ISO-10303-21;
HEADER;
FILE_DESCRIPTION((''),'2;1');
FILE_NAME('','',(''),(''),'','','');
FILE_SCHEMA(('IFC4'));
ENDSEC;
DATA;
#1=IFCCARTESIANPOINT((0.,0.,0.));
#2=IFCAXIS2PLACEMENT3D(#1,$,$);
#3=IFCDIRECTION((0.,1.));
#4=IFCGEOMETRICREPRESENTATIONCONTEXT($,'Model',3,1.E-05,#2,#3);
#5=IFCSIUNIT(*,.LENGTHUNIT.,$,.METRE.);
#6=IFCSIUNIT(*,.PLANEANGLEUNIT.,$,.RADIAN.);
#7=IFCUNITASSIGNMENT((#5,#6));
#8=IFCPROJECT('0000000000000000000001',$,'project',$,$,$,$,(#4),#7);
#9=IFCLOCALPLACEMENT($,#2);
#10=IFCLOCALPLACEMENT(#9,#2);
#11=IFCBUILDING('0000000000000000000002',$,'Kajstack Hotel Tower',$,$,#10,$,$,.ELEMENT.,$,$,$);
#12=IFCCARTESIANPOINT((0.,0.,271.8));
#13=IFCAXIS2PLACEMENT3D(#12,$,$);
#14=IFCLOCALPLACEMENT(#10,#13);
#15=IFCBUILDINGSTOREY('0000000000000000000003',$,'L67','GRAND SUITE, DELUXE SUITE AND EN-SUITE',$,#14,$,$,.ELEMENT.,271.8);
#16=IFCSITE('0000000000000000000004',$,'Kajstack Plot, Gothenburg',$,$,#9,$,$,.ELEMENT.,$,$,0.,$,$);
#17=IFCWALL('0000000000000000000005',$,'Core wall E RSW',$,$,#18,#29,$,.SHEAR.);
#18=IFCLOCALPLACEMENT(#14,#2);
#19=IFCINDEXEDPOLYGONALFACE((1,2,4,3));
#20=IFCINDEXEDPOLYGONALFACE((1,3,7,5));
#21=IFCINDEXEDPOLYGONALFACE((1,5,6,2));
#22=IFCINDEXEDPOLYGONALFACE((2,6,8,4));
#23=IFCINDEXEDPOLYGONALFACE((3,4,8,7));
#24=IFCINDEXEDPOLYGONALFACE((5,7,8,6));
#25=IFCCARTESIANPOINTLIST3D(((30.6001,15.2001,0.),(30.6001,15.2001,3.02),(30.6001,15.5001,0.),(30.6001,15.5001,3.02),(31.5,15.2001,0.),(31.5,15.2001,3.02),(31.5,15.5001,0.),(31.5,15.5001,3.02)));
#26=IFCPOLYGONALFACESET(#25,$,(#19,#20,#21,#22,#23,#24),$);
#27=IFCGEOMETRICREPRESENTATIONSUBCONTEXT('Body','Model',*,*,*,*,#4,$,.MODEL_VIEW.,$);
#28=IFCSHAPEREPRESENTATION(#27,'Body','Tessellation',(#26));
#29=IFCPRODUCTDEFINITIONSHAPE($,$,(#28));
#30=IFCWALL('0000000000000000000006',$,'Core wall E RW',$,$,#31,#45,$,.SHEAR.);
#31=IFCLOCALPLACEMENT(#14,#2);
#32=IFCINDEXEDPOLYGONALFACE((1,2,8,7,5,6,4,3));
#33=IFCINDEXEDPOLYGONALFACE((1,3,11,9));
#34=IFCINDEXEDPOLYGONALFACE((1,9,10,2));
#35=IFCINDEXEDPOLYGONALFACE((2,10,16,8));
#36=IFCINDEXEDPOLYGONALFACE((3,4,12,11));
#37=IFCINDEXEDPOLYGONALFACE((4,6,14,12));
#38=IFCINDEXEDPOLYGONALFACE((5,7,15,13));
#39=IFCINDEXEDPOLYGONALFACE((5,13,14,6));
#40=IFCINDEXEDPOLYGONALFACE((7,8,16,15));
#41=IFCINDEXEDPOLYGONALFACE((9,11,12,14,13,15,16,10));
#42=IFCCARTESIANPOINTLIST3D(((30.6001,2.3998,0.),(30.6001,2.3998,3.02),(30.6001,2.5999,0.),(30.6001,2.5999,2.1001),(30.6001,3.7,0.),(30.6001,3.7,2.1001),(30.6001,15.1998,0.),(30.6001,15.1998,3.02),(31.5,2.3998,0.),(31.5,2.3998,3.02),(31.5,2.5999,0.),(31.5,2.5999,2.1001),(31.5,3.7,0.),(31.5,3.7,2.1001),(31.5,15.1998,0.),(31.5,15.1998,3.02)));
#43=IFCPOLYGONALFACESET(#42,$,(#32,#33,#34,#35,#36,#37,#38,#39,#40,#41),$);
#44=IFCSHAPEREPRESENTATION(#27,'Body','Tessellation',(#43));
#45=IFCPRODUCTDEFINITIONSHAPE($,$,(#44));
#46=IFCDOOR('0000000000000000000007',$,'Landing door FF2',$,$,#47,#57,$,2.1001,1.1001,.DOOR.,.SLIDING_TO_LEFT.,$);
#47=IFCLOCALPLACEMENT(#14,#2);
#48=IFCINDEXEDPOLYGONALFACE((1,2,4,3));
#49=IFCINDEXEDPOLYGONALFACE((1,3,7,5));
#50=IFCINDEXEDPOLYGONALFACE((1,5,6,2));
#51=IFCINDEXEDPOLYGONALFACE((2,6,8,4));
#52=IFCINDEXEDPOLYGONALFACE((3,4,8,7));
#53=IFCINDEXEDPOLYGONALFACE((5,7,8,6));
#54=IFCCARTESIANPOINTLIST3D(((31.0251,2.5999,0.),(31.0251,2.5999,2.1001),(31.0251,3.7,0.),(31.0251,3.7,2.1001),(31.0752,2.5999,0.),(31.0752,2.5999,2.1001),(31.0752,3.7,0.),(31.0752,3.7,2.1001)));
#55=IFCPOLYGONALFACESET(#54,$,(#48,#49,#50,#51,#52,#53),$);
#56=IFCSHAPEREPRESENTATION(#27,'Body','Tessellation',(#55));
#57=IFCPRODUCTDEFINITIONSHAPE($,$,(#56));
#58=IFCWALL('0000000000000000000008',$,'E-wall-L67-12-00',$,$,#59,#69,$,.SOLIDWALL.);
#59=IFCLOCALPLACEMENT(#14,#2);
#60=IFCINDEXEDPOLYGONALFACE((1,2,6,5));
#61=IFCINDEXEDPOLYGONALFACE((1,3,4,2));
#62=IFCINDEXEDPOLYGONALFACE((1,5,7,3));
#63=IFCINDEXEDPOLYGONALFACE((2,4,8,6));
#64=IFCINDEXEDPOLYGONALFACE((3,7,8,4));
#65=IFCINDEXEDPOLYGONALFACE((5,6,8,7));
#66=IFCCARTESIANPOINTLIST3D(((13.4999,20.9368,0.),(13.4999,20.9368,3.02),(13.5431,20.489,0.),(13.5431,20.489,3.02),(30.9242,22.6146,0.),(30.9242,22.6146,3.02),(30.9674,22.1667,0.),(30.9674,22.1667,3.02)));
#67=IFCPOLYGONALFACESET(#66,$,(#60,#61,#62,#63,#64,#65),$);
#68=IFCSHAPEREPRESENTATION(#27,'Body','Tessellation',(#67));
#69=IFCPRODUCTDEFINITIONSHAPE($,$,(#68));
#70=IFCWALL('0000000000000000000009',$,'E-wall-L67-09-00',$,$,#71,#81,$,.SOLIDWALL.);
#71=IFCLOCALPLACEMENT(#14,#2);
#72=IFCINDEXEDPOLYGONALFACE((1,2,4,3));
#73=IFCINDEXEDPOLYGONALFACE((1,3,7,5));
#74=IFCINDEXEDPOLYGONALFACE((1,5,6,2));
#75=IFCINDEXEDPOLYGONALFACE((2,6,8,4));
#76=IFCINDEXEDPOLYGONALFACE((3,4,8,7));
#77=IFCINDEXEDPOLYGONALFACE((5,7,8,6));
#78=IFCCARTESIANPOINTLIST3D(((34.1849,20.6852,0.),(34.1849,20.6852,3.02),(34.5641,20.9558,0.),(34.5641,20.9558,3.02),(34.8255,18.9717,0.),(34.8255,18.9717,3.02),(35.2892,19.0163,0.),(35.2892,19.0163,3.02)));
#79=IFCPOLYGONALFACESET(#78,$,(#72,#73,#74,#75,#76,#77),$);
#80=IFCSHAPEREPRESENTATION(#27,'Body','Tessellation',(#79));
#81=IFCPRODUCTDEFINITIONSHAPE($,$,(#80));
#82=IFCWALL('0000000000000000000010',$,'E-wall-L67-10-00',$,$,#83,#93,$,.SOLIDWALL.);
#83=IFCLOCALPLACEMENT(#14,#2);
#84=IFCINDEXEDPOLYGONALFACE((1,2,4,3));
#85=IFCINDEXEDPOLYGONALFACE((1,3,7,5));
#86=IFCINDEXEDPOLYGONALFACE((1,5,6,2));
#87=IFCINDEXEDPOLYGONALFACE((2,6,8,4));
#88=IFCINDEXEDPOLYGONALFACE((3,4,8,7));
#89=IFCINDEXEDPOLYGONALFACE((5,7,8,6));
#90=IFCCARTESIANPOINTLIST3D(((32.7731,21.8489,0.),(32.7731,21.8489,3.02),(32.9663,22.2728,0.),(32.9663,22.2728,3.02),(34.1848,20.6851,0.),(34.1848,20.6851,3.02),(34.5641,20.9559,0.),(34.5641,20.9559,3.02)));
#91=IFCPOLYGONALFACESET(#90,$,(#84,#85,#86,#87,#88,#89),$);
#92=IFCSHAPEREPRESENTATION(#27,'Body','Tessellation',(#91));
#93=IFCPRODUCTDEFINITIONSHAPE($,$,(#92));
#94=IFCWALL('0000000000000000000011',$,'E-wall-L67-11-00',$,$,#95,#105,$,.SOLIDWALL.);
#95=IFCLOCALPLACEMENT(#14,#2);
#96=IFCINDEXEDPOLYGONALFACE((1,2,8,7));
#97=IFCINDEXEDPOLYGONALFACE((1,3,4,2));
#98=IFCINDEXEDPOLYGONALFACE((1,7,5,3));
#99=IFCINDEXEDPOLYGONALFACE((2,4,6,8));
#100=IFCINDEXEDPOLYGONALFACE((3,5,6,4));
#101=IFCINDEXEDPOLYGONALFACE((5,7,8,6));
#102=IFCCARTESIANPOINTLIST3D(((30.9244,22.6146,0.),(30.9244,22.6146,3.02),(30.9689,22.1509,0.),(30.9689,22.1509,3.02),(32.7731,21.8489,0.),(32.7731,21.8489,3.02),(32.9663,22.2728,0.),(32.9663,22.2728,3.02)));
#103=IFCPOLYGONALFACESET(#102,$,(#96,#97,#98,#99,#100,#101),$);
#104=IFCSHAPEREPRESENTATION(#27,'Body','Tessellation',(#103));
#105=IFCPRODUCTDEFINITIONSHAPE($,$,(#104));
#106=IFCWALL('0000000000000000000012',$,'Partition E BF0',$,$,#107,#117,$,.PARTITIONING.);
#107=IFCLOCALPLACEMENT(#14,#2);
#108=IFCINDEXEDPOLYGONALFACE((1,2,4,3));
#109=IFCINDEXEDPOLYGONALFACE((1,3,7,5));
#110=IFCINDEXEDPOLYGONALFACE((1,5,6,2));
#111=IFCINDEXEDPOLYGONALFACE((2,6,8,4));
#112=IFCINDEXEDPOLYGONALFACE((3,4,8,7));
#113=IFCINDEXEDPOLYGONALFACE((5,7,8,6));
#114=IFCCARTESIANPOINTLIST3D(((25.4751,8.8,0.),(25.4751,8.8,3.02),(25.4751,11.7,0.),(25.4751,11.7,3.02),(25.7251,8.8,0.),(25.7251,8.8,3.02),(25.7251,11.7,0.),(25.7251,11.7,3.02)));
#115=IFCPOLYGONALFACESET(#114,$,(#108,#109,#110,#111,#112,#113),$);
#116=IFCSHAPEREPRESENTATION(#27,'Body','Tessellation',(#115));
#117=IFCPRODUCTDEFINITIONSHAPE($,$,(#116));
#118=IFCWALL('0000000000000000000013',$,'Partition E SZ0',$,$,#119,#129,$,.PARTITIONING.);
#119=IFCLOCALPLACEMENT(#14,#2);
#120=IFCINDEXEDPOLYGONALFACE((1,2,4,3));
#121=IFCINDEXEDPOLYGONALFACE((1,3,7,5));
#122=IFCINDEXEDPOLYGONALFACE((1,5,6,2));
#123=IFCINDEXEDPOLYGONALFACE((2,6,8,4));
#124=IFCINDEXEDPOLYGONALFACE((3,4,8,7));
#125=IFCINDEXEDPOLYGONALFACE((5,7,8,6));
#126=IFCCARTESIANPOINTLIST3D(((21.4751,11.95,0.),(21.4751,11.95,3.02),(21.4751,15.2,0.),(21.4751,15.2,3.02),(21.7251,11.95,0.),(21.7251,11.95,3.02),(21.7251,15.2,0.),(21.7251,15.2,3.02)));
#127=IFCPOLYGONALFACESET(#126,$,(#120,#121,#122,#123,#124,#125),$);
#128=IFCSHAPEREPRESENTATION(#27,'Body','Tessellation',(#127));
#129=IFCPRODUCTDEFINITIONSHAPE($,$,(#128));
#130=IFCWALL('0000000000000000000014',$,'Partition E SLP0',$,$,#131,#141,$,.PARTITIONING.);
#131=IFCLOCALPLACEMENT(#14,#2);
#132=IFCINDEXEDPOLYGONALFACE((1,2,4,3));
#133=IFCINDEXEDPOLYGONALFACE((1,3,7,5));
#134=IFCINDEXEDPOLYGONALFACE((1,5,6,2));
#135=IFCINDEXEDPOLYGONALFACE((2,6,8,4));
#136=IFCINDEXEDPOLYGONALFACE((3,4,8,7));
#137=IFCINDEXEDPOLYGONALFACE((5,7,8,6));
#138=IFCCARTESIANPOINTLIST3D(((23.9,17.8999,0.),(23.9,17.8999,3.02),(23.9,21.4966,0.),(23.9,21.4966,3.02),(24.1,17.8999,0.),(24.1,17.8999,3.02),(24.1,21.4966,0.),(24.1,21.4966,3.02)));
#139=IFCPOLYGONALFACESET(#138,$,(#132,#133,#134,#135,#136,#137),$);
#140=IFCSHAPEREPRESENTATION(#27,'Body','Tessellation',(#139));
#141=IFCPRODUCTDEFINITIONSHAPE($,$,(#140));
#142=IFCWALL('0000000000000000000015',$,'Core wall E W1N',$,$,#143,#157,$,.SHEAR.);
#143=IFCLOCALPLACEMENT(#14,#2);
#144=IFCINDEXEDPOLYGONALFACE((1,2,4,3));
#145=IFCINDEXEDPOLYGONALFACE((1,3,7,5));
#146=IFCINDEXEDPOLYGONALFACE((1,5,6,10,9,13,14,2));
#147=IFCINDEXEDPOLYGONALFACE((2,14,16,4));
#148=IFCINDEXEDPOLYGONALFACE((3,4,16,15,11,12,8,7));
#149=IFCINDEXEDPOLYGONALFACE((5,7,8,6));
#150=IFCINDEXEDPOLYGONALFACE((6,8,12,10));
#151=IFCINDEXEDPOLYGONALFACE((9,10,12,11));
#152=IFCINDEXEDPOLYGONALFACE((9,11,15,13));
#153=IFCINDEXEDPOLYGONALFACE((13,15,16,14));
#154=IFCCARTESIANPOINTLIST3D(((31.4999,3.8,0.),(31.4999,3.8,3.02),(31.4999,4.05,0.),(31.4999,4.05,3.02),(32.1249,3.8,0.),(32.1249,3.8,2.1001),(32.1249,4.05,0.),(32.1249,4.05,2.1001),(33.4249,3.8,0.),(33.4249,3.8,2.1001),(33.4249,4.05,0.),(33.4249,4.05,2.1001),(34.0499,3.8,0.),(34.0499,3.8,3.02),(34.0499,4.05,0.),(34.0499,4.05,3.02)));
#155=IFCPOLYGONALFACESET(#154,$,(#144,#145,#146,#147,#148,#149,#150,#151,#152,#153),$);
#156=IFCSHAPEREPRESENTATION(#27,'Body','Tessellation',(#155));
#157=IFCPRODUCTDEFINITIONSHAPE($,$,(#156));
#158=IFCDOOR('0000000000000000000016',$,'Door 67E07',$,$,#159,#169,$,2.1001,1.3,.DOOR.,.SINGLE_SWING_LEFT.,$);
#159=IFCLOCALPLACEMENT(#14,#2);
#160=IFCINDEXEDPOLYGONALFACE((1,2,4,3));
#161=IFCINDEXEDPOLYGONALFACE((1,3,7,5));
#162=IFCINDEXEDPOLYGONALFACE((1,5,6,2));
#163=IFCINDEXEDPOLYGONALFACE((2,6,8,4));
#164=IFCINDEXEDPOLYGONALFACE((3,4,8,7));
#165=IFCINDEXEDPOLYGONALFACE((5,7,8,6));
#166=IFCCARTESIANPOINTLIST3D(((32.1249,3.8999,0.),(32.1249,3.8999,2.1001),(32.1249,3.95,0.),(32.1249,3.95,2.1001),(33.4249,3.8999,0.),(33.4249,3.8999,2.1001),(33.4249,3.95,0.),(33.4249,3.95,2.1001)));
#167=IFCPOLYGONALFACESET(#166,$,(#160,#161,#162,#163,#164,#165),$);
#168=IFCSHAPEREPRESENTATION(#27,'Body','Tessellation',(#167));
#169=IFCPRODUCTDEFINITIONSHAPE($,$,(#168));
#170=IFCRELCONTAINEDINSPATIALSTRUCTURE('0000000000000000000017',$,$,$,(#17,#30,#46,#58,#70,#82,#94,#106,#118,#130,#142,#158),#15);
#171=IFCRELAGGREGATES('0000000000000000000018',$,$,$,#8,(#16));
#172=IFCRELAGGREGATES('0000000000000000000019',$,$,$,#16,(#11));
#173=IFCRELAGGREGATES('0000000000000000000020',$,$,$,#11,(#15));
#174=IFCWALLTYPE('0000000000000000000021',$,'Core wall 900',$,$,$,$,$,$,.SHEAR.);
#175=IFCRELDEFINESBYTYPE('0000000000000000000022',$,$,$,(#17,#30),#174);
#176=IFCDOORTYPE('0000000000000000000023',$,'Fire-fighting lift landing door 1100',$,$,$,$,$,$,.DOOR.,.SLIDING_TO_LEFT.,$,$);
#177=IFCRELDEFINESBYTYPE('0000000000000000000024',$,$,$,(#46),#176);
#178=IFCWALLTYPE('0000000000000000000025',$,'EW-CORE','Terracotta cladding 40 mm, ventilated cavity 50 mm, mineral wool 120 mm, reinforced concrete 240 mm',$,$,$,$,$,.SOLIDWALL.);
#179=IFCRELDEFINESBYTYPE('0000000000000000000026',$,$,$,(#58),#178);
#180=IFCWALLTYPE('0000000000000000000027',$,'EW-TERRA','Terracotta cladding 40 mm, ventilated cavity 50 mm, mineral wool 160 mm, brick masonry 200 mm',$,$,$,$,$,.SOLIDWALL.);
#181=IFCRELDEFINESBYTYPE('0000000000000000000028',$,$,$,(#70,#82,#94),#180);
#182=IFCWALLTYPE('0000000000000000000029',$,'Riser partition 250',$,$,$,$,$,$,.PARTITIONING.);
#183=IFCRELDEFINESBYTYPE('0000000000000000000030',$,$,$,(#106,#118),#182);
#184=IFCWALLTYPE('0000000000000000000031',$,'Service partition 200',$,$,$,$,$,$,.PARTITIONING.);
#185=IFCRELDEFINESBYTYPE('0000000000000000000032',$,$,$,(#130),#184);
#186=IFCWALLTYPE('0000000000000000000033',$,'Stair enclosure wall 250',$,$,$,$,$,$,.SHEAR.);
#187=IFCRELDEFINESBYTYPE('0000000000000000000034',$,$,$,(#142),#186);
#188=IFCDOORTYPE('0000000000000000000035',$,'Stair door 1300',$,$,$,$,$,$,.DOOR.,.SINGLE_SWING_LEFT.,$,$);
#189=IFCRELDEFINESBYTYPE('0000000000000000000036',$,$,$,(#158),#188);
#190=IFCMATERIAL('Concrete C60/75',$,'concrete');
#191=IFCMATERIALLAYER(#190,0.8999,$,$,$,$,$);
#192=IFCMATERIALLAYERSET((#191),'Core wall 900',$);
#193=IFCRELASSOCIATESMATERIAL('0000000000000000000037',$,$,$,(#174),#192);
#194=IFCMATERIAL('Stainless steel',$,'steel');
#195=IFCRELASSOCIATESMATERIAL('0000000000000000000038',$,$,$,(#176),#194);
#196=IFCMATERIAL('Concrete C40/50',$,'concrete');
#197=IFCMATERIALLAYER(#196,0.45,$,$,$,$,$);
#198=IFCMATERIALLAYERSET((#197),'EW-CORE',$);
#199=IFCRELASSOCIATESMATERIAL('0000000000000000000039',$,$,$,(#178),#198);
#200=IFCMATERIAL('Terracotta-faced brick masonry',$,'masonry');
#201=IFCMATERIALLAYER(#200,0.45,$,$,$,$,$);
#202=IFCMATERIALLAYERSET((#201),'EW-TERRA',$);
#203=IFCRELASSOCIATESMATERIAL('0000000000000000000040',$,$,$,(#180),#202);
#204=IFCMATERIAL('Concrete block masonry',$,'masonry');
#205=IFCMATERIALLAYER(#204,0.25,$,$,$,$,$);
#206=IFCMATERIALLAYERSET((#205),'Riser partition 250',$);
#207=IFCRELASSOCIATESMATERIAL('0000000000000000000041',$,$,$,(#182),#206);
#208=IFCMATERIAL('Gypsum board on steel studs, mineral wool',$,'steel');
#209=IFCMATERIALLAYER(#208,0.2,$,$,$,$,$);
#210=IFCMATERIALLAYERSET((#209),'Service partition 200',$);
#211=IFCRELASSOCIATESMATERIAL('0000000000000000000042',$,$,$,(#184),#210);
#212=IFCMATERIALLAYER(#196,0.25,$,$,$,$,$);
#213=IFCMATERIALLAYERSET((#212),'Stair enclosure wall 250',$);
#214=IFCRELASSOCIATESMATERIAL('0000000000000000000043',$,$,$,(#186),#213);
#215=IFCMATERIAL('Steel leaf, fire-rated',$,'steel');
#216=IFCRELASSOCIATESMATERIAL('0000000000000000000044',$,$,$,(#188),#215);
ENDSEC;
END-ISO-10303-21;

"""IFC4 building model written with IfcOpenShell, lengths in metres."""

from ifc_helpers import new_model, si_unit, direction, frame, frame_2d, origin, place, context, subcontext, project, spatial, polyline, rectangle, outline, extrude, material, layer, layer_set, type_object, element, fill, save


model = new_model("IFC4")

# Units and contexts
model_context = context("Model", 3, precision=1e-05, world=origin(), true_north=direction((0.0, 1.0)))
body_context = subcontext(model_context, "Body", "Model", "MODEL_VIEW")
ifc_project = project(units=[si_unit("LENGTHUNIT", "METRE"), si_unit("PLANEANGLEUNIT", "RADIAN")], contexts=[model_context])

# Site, building, storey
site_placement = place(None, origin())
site = spatial("IfcSite", under=ifc_project, at=site_placement, Name="Kajstack Plot, Gothenburg", CompositionType="ELEMENT", RefElevation=0.0)
building_placement = place(site_placement, origin())
building = spatial("IfcBuilding", under=site, at=building_placement, Name="Kajstack Hotel Tower", CompositionType="ELEMENT")
storey_placement = place(building_placement, frame((0.0, 0.0, 271.8)))
storey = spatial("IfcBuildingStorey", under=building, at=storey_placement, Name="L67", Description="GRAND SUITE, DELUXE SUITE AND EN-SUITE", CompositionType="ELEMENT", Elevation=271.8)

# Wall
ifc_material_1 = material(Name="Concrete C60/75", Category="concrete")
ifc_layer_1 = layer(ifc_material_1, 0.8999)
ifc_layer_set_1 = layer_set([ifc_layer_1], Name="Core wall 900")
wall_type_1 = type_object("IfcWallType", Name="Core wall 900", PredefinedType="SHEAR", material=ifc_layer_set_1)
wall_1_placement = place(storey_placement, frame((30.6001, 15.3501, 0.0), z_axis=(0.0, 0.0, 1.0), x_axis=(1.0, 0.0, 0.0)))
element("IfcWall", 1, at=wall_1_placement, inside=storey, type_object=wall_type_1, Name="Core wall E RSW", PredefinedType="SHEAR", context=body_context, shape_type="SweptSolid", body=[
    extrude(rectangle(XDim=0.8999, YDim=0.3, at=frame_2d((0.45, 0.0))), origin(), (0.0, 0.0, 1.0), 3.02),
])

# Wall, opening, door
wall_2_placement = place(storey_placement, frame((31.05, 2.3999, 0.0), z_axis=(0.0, 0.0, 1.0), x_axis=(0.0, 1.0, 0.0)))
wall_2 = element("IfcWall", 2, at=wall_2_placement, inside=storey, type_object=wall_type_1, Name="Core wall E RW", PredefinedType="SHEAR", context=body_context, shape_type="SweptSolid", body=[
    extrude(rectangle(XDim=12.8, YDim=0.8999, at=frame_2d((6.3999, 0.0))), origin(), (0.0, 0.0, 1.0), 3.02),
])
opening_1_placement = place(wall_2_placement, frame((0.2, 0.0, 0.0)))
opening_1 = element("IfcOpeningElement", 3, at=opening_1_placement, cuts=wall_2, PredefinedType="OPENING", context=body_context, shape_type="SweptSolid", body=[
    extrude(rectangle(XDim=1.1001, YDim=2.1001, at=frame_2d((0.55, 1.05))), frame((0.0, 0.46, 0.0), z_axis=(0.0, -1.0, 0.0), x_axis=(1.0, 0.0, 0.0)), (0.0, 0.0, 1.0), 0.9199),
])
ifc_material_2 = material(Name="Stainless steel", Category="steel")
door_type_1 = type_object("IfcDoorType", Name="Fire-fighting lift landing door 1100", OperationType="SLIDING_TO_LEFT", PredefinedType="DOOR", material=ifc_material_2)
door_1_placement = place(opening_1_placement, origin())
door_1 = element("IfcDoor", 4, at=door_1_placement, inside=storey, type_object=door_type_1, Name="Landing door FF2", OperationType="SLIDING_TO_LEFT", OverallHeight=2.1001, OverallWidth=1.1001, PredefinedType="DOOR", context=body_context, shape_type="SweptSolid", body=[
    extrude(rectangle(XDim=1.1001, YDim=2.1001, at=frame_2d((0.55, 1.05))), frame((0.0, 0.0249, 0.0), z_axis=(0.0, -1.0, 0.0), x_axis=(1.0, 0.0, 0.0)), (0.0, 0.0, 1.0), 0.05),
])
fill(opening_1, door_1)

# Walls
ifc_material_3 = material(Name="Concrete C40/50", Category="concrete")
ifc_layer_2 = layer(ifc_material_3, 0.45)
ifc_layer_set_2 = layer_set([ifc_layer_2], Name="EW-CORE")
wall_type_2 = type_object("IfcWallType", Name="EW-CORE", Description="Terracotta cladding 40 mm, ventilated cavity 50 mm, mineral wool 120 mm, reinforced concrete 240 mm", PredefinedType="SOLIDWALL", material=ifc_layer_set_2)
wall_3_placement = place(storey_placement, frame((30.9458, 22.3906, 0.0), z_axis=(0.0, 0.0, 1.0), x_axis=(-0.995396, -0.095844, 0.0)))
element("IfcWall", 5, at=wall_3_placement, inside=storey, type_object=wall_type_2, Name="E-wall-L67-12-00", PredefinedType="SOLIDWALL", context=body_context, shape_type="SweptSolid", body=[
    extrude(rectangle(XDim=17.5049, YDim=0.45, at=frame_2d((8.7524, 0.0))), origin(), (0.0, 0.0, 1.0), 3.02),
])
ifc_material_4 = material(Name="Terracotta-faced brick masonry", Category="masonry")
ifc_layer_3 = layer(ifc_material_4, 0.45)
ifc_layer_set_3 = layer_set([ifc_layer_3], Name="EW-TERRA")
wall_type_3 = type_object("IfcWallType", Name="EW-TERRA", Description="Terracotta cladding 40 mm, ventilated cavity 50 mm, mineral wool 160 mm, brick masonry 200 mm", PredefinedType="SOLIDWALL", material=ifc_layer_set_3)
wall_4_placement = place(storey_placement, frame((35.0784, 18.9375, 0.0), z_axis=(0.0, 0.0, 1.0), x_axis=(-0.350193, 0.936678, 0.0)))
element("IfcWall", 6, at=wall_4_placement, inside=storey, type_object=wall_type_3, Name="E-wall-L67-09-00", PredefinedType="SOLIDWALL", context=body_context, shape_type="SweptSolid", body=[
    extrude(outline(polyline([(0.0, -0.2251), (2.0706, -0.2251), (1.95, 0.2249), (0.1206, 0.2249), (0.0, -0.2251)])), origin(), (0.0, 0.0, 1.0), 3.02),
])
wall_5_placement = place(storey_placement, frame((34.4209, 20.7822, 0.0), z_axis=(0.0, 0.0, 1.0), x_axis=(-0.771593, 0.636116, 0.0)))
element("IfcWall", 7, at=wall_5_placement, inside=storey, type_object=wall_type_3, Name="E-wall-L67-10-00", PredefinedType="SOLIDWALL", context=body_context, shape_type="SweptSolid", body=[
    extrude(outline(polyline([(0.0, -0.2251), (2.0706, -0.2249), (1.95, 0.2251), (0.1204, 0.2251), (0.0, -0.2251)])), origin(), (0.0, 0.0, 1.0), 3.02),
])
wall_6_placement = place(storey_placement, frame((32.9292, 22.051, 0.0), z_axis=(0.0, 0.0, 1.0), x_axis=(-0.986298, 0.164973, 0.0)))
element("IfcWall", 8, at=wall_6_placement, inside=storey, type_object=wall_type_3, Name="E-wall-L67-11-00", PredefinedType="SOLIDWALL", context=body_context, shape_type="SweptSolid", body=[
    extrude(outline(polyline([(0.0, -0.2249), (2.0703, -0.2251), (1.95, 0.2249), (0.1206, 0.2251), (0.0, -0.2249)])), origin(), (0.0, 0.0, 1.0), 3.02),
])
ifc_material_5 = material(Name="Concrete block masonry", Category="masonry")
ifc_layer_4 = layer(ifc_material_5, 0.25)
ifc_layer_set_4 = layer_set([ifc_layer_4], Name="Riser partition 250")
wall_type_4 = type_object("IfcWallType", Name="Riser partition 250", PredefinedType="PARTITIONING", material=ifc_layer_set_4)
wall_7_placement = place(storey_placement, frame((25.6001, 8.8, 0.0), z_axis=(0.0, 0.0, 1.0), x_axis=(0.0, 1.0, 0.0)))
element("IfcWall", 9, at=wall_7_placement, inside=storey, type_object=wall_type_4, Name="Partition E BF0", PredefinedType="PARTITIONING", context=body_context, shape_type="SweptSolid", body=[
    extrude(rectangle(XDim=2.8999, YDim=0.25, at=frame_2d((1.45, 0.0))), origin(), (0.0, 0.0, 1.0), 3.02),
])
wall_8_placement = place(storey_placement, frame((21.6001, 11.95, 0.0), z_axis=(0.0, 0.0, 1.0), x_axis=(0.0, 1.0, 0.0)))
element("IfcWall", 10, at=wall_8_placement, inside=storey, type_object=wall_type_4, Name="Partition E SZ0", PredefinedType="PARTITIONING", context=body_context, shape_type="SweptSolid", body=[
    extrude(rectangle(XDim=3.25, YDim=0.25, at=frame_2d((1.625, 0.0))), origin(), (0.0, 0.0, 1.0), 3.02),
])
ifc_material_6 = material(Name="Gypsum board on steel studs, mineral wool", Category="steel")
ifc_layer_5 = layer(ifc_material_6, 0.2)
ifc_layer_set_5 = layer_set([ifc_layer_5], Name="Service partition 200")
wall_type_5 = type_object("IfcWallType", Name="Service partition 200", PredefinedType="PARTITIONING", material=ifc_layer_set_5)
wall_9_placement = place(storey_placement, frame((24.0, 17.8999, 0.0), z_axis=(0.0, 0.0, 1.0), x_axis=(0.0, 1.0, 0.0)))
element("IfcWall", 11, at=wall_9_placement, inside=storey, type_object=wall_type_5, Name="Partition E SLP0", PredefinedType="PARTITIONING", context=body_context, shape_type="SweptSolid", body=[
    extrude(rectangle(XDim=3.5967, YDim=0.2, at=frame_2d((1.7983, 0.0))), origin(), (0.0, 0.0, 1.0), 3.02),
])

# Wall, opening, door
ifc_layer_6 = layer(ifc_material_3, 0.25)
ifc_layer_set_6 = layer_set([ifc_layer_6], Name="Stair enclosure wall 250")
wall_type_6 = type_object("IfcWallType", Name="Stair enclosure wall 250", PredefinedType="SHEAR", material=ifc_layer_set_6)
wall_10_placement = place(storey_placement, frame((31.5, 3.925, 0.0), z_axis=(0.0, 0.0, 1.0), x_axis=(1.0, 0.0, 0.0)))
wall_10 = element("IfcWall", 12, at=wall_10_placement, inside=storey, type_object=wall_type_6, Name="Core wall E W1N", PredefinedType="SHEAR", context=body_context, shape_type="SweptSolid", body=[
    extrude(rectangle(XDim=2.55, YDim=0.25, at=frame_2d((1.2749, 0.0))), origin(), (0.0, 0.0, 1.0), 3.02),
])
opening_2_placement = place(wall_10_placement, frame((0.625, 0.0, 0.0)))
opening_2 = element("IfcOpeningElement", 13, at=opening_2_placement, cuts=wall_10, PredefinedType="OPENING", context=body_context, shape_type="SweptSolid", body=[
    extrude(rectangle(XDim=1.3, YDim=2.1001, at=frame_2d((0.6499, 1.05))), frame((0.0, 0.135, 0.0), z_axis=(0.0, -1.0, 0.0), x_axis=(1.0, 0.0, 0.0)), (0.0, 0.0, 1.0), 0.27),
])
ifc_material_7 = material(Name="Steel leaf, fire-rated", Category="steel")
door_type_2 = type_object("IfcDoorType", Name="Stair door 1300", OperationType="SINGLE_SWING_LEFT", PredefinedType="DOOR", material=ifc_material_7)
door_2_placement = place(opening_2_placement, origin())
door_2 = element("IfcDoor", 14, at=door_2_placement, inside=storey, type_object=door_type_2, Name="Door 67E07", OperationType="SINGLE_SWING_LEFT", OverallHeight=2.1001, OverallWidth=1.3, PredefinedType="DOOR", context=body_context, shape_type="SweptSolid", body=[
    extrude(rectangle(XDim=1.3, YDim=2.1001, at=frame_2d((0.6499, 1.05))), frame((0.0, 0.0249, 0.0), z_axis=(0.0, -1.0, 0.0), x_axis=(1.0, 0.0, 0.0)), (0.0, 0.0, 1.0), 0.05),
])
fill(opening_2, door_2)

save(model, "model.ifc")
